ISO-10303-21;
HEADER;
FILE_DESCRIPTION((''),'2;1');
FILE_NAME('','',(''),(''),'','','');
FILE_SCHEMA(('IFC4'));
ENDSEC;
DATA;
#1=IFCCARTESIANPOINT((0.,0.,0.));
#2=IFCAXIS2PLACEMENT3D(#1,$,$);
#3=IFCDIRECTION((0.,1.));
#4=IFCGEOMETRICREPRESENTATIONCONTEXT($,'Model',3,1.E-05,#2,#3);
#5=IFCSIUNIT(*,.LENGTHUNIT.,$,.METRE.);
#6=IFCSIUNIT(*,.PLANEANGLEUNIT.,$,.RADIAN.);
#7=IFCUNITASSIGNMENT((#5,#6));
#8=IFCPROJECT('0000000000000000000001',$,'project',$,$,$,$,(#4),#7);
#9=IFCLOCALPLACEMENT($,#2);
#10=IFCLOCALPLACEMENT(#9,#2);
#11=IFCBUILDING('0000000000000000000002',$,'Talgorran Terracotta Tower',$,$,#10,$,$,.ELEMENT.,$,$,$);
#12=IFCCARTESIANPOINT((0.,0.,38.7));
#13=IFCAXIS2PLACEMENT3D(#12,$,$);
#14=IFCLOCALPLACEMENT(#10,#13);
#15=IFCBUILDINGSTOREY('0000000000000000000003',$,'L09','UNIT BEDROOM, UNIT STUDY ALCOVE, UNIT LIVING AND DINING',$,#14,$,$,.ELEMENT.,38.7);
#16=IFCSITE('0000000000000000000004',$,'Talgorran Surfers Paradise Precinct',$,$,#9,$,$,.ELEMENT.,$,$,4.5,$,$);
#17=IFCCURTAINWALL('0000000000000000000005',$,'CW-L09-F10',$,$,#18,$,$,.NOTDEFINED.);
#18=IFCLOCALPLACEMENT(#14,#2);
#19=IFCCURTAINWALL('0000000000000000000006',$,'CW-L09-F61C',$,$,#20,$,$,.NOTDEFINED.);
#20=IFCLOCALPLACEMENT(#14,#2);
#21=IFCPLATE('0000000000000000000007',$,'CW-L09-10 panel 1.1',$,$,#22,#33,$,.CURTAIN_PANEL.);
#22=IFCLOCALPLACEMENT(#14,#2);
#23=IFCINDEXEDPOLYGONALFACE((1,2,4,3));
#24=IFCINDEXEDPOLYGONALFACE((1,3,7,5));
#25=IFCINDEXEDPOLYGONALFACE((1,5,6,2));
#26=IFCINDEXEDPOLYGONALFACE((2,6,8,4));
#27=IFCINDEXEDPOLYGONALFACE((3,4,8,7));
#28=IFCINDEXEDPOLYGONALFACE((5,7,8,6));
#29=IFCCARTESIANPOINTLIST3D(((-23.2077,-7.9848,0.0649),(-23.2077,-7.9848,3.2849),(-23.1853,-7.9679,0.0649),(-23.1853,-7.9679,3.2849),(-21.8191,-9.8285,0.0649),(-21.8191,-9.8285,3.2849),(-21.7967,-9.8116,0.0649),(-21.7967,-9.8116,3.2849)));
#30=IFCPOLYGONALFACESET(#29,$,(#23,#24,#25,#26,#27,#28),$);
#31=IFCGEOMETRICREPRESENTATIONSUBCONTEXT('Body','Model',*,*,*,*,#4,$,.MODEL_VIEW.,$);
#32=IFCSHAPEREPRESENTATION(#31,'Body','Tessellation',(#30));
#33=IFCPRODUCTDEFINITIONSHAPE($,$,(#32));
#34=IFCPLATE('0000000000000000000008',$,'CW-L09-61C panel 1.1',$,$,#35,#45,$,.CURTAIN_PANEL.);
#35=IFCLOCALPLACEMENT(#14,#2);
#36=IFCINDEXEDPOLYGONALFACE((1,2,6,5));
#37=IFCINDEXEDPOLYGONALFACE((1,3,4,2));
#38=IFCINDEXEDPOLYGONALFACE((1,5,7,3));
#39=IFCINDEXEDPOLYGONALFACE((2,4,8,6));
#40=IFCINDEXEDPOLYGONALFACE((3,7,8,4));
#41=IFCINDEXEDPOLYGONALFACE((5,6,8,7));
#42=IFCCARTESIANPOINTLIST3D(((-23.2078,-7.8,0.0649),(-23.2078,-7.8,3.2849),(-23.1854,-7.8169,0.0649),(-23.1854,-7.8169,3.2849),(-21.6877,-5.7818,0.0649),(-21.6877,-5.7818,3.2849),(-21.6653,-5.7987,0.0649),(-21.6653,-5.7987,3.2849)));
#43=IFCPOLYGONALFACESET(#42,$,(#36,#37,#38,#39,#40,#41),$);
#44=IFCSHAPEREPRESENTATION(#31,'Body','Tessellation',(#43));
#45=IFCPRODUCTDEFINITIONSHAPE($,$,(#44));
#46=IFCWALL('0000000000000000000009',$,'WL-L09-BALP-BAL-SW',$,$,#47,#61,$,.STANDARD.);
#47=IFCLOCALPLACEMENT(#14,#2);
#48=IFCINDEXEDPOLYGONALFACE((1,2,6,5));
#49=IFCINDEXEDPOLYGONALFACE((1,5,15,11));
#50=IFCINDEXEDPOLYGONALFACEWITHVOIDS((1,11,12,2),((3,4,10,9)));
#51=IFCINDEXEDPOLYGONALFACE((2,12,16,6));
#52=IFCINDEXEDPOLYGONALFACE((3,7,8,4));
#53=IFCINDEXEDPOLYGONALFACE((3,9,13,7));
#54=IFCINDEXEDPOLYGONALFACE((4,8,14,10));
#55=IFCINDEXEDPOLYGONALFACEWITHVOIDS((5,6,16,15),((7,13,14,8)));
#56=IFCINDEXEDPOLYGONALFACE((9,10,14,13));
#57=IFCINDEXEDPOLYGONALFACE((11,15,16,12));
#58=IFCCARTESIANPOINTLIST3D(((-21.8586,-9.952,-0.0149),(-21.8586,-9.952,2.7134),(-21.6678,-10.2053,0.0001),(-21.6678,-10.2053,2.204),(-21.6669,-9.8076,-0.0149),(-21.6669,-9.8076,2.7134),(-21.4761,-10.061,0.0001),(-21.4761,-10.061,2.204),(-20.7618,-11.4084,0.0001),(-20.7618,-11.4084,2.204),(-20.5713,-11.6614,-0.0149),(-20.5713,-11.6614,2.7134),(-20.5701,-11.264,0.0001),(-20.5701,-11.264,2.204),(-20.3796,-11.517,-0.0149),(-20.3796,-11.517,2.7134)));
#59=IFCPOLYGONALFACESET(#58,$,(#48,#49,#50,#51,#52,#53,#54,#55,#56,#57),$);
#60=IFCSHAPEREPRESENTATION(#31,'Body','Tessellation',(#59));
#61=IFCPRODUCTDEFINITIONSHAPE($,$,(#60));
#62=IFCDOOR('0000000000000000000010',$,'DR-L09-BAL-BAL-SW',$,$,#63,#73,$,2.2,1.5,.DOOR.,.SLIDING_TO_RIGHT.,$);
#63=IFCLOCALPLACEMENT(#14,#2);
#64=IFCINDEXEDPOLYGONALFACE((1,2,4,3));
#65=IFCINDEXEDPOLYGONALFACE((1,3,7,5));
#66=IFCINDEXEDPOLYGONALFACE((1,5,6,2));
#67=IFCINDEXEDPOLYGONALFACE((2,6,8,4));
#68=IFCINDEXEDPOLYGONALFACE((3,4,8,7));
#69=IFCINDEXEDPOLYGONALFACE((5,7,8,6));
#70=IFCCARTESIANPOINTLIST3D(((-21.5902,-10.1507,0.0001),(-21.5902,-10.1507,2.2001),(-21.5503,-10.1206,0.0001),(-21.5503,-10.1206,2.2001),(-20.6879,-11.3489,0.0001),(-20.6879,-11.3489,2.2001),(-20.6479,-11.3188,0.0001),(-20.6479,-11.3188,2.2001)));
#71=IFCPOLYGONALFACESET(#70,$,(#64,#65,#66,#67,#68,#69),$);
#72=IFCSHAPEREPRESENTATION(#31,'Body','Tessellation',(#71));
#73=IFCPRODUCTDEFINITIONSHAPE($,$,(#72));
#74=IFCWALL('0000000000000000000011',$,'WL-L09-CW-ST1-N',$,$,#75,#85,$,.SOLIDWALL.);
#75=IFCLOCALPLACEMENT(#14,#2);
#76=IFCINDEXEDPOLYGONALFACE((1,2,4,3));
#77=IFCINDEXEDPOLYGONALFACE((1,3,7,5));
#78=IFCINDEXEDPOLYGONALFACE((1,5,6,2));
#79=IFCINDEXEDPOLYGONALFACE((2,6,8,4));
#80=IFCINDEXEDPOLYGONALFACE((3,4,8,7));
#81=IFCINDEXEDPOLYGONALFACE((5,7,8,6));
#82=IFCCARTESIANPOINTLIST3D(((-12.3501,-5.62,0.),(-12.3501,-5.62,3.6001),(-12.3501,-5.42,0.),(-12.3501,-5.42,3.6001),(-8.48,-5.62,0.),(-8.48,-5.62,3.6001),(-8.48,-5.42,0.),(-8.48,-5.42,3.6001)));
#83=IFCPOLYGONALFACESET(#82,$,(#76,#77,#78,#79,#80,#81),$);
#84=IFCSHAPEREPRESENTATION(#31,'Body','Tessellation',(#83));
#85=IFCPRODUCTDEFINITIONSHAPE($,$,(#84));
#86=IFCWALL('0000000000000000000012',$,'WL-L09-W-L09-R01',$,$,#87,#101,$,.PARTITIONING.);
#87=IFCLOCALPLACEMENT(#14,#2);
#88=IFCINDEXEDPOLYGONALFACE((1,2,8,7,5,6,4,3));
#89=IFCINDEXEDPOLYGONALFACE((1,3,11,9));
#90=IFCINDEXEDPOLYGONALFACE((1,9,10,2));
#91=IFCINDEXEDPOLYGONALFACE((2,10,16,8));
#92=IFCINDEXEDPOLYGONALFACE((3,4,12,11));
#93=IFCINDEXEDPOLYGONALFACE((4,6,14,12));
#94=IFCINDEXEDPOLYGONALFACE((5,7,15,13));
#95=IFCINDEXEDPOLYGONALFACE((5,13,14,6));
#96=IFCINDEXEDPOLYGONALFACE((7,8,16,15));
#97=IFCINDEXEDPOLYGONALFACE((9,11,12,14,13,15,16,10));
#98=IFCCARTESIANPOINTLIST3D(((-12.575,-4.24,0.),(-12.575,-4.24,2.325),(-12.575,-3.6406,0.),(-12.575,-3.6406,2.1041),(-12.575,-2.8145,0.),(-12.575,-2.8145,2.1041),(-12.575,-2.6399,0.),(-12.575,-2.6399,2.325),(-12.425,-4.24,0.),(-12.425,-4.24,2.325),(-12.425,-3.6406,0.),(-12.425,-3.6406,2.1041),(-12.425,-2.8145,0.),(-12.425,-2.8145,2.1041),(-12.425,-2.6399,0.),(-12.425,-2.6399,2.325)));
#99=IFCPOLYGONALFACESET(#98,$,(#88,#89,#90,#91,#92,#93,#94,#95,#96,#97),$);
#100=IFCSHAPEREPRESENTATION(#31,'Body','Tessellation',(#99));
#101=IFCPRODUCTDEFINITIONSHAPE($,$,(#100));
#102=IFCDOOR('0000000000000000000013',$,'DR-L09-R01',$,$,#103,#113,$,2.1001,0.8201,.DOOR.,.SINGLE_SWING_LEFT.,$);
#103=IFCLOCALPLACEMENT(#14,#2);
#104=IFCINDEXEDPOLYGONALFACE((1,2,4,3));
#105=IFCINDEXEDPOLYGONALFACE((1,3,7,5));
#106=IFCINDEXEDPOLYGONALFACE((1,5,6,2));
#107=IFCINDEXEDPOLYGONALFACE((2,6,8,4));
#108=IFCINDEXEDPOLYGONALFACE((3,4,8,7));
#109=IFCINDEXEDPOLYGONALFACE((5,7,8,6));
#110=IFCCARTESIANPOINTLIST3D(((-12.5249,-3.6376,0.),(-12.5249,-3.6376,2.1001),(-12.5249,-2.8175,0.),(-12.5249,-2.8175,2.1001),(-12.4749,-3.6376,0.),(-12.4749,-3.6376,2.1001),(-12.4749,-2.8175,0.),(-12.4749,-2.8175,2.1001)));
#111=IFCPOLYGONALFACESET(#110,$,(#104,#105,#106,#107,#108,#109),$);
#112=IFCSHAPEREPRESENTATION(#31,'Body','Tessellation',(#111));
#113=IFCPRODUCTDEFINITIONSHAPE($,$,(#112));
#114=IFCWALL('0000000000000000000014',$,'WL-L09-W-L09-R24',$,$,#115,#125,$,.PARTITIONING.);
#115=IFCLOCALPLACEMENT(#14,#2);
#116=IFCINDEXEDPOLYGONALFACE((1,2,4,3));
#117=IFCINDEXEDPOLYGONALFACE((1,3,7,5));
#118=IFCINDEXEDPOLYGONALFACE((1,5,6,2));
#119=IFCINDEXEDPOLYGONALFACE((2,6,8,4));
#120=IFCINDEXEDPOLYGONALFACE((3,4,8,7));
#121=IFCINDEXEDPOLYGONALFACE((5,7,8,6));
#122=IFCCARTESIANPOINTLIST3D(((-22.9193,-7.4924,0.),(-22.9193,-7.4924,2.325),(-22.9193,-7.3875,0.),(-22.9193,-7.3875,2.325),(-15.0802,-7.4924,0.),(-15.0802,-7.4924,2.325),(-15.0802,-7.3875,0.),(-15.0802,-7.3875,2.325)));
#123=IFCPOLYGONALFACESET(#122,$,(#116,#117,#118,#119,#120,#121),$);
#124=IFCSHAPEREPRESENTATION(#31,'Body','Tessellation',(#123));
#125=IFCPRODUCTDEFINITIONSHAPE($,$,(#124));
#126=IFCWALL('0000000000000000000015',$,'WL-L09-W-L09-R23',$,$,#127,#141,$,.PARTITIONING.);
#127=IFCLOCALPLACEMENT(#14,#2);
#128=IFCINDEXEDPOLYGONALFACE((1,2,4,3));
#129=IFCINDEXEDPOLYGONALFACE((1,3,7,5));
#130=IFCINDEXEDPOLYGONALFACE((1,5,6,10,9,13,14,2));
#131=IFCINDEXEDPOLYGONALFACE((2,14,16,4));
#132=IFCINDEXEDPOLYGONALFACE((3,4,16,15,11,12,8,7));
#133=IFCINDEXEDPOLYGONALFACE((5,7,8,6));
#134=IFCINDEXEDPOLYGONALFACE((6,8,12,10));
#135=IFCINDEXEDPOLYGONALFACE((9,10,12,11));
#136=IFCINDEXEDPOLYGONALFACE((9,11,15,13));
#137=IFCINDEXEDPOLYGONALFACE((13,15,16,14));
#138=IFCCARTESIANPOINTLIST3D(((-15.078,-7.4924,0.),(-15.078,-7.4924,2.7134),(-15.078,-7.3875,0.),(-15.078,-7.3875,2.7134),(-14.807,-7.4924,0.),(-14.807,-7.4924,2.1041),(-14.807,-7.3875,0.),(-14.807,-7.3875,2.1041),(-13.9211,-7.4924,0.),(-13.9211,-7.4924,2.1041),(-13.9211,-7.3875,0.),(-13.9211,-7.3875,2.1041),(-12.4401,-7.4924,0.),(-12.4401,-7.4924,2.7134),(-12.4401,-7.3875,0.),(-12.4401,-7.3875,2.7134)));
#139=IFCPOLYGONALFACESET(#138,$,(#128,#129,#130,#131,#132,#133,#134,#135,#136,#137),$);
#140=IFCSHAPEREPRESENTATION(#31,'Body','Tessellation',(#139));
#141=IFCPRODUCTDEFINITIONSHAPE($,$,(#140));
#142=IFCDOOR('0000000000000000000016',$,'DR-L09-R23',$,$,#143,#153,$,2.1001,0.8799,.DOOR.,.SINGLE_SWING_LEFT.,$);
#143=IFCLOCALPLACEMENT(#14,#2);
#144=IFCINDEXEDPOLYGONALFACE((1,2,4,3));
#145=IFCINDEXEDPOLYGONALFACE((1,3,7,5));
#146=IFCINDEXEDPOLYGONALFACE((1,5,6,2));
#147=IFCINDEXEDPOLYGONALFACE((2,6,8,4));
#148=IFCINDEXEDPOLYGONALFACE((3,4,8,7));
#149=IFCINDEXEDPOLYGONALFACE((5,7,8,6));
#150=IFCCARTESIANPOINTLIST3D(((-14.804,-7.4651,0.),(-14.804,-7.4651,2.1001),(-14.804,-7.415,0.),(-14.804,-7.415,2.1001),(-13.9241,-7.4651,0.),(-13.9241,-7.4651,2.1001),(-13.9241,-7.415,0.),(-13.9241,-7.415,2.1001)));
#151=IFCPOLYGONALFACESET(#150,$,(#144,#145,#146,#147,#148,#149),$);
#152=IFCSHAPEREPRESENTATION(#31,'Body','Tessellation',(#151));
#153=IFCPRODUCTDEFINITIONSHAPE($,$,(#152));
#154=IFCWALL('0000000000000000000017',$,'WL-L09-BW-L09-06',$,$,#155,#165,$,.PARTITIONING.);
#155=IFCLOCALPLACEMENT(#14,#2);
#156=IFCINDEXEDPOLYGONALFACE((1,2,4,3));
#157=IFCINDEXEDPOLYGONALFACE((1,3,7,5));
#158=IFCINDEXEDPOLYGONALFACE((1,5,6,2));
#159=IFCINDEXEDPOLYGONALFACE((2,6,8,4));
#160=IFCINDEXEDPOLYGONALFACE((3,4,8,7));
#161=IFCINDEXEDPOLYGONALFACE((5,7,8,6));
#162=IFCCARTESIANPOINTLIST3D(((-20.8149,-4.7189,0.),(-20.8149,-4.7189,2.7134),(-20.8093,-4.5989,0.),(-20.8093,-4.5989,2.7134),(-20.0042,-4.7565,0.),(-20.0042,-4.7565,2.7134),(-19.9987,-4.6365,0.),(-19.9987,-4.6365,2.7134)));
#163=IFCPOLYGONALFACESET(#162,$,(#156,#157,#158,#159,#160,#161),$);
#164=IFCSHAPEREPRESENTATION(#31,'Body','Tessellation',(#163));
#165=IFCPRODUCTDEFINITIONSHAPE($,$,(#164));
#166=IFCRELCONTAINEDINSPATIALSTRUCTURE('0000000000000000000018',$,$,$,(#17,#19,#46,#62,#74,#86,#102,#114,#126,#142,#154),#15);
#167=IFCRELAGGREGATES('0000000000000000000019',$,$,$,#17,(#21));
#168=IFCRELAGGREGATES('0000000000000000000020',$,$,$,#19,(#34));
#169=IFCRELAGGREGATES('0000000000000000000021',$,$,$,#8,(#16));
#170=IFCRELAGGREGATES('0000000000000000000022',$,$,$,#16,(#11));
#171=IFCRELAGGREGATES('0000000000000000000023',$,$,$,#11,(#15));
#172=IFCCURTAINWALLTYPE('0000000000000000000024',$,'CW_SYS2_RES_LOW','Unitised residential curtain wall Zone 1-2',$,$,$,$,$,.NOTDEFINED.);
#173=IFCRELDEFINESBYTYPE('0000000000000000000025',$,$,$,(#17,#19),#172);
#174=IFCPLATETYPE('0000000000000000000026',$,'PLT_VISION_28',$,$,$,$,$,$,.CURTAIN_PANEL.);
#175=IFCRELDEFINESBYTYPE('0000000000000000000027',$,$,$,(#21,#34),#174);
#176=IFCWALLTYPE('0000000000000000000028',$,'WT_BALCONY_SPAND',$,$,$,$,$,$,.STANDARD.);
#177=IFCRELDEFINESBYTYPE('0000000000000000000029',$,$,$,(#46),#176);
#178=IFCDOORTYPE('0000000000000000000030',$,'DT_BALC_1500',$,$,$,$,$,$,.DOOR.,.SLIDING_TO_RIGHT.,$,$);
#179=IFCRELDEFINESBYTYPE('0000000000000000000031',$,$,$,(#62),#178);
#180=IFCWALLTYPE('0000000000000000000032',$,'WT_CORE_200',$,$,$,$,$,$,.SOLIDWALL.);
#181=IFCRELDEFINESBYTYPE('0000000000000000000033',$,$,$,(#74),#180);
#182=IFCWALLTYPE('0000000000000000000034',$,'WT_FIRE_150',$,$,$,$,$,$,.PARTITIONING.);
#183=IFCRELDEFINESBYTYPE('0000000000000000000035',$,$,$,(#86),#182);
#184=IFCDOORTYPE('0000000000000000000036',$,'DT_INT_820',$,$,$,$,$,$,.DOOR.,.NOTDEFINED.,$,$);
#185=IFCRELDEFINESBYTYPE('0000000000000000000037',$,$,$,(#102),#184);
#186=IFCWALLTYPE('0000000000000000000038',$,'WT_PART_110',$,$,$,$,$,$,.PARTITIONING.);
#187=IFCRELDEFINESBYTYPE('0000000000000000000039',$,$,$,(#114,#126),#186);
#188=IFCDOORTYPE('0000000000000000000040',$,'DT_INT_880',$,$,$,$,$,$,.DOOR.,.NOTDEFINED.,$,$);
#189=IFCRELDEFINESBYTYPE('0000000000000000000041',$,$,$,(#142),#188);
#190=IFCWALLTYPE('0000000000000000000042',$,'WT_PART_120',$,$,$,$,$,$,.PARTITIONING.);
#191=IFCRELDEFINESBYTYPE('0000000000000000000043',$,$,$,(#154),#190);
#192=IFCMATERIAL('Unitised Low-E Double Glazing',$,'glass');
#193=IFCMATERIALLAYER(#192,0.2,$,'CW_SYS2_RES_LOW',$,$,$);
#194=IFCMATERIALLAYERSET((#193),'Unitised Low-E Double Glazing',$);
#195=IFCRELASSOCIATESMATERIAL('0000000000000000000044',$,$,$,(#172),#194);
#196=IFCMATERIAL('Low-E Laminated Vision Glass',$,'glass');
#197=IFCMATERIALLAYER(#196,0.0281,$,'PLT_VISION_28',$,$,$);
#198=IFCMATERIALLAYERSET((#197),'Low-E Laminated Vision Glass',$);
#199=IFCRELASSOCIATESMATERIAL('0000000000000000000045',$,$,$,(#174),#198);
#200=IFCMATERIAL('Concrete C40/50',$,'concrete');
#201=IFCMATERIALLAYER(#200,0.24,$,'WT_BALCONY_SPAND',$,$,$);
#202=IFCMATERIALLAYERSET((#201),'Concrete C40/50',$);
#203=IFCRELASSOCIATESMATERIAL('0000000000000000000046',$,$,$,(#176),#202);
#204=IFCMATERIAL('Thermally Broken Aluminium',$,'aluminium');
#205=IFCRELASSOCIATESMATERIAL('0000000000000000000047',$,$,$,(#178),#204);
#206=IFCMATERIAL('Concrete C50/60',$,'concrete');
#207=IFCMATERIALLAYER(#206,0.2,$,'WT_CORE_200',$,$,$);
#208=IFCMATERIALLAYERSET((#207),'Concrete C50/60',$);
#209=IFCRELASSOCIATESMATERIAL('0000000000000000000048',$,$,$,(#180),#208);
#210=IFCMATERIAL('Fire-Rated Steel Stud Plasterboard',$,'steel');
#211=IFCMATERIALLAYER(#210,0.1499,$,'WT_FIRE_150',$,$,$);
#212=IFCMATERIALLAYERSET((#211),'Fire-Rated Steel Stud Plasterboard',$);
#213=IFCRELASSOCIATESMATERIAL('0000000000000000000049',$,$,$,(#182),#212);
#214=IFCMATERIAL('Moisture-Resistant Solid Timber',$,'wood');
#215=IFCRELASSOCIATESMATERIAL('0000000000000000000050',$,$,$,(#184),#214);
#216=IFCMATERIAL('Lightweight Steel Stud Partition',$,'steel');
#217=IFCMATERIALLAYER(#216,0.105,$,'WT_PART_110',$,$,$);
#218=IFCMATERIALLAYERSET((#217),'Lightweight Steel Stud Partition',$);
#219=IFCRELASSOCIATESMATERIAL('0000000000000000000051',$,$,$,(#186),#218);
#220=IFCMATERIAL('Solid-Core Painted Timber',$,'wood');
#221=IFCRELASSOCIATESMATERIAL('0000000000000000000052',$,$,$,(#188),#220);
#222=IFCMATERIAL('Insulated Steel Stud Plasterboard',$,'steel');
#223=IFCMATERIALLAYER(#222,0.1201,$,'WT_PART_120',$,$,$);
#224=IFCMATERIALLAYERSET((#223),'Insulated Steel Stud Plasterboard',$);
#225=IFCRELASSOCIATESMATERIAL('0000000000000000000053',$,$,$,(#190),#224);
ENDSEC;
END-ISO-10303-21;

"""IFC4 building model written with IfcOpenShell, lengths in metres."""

from ifc_helpers import new_model, si_unit, direction, frame, frame_2d, origin, origin_2d, place, context, subcontext, project, spatial, rectangle, extrude, source, transform, mapped, material, layer, layer_set, type_object, type_shapes, element, fill, aggregate, save


model = new_model("IFC4")

# Units and contexts
model_context = context("Model", 3, precision=1e-05, world=origin(), true_north=direction((0.0, 1.0)))
body_context = subcontext(model_context, "Body", "Model", "MODEL_VIEW")
ifc_project = project(units=[si_unit("LENGTHUNIT", "METRE"), si_unit("PLANEANGLEUNIT", "RADIAN")], contexts=[model_context])

# Site, building, storey
site_placement = place(None, origin())
site = spatial("IfcSite", under=ifc_project, at=site_placement, Name="Talgorran Surfers Paradise Precinct", CompositionType="ELEMENT", RefElevation=4.5)
building_placement = place(site_placement, origin())
building = spatial("IfcBuilding", under=site, at=building_placement, Name="Talgorran Terracotta Tower", CompositionType="ELEMENT")
storey_placement = place(building_placement, frame((0.0, 0.0, 38.7)))
storey = spatial("IfcBuildingStorey", under=building, at=storey_placement, Name="L09", Description="UNIT BEDROOM, UNIT STUDY ALCOVE, UNIT LIVING AND DINING", CompositionType="ELEMENT", Elevation=38.7)

# Curtain wall
ifc_material_1 = material(Name="Unitised Low-E Double Glazing", Category="glass")
ifc_layer_1 = layer(ifc_material_1, 0.2, Name="CW_SYS2_RES_LOW")
ifc_layer_set_1 = layer_set([ifc_layer_1], Name="Unitised Low-E Double Glazing")
curtain_wall_type = type_object("IfcCurtainWallType", Name="CW_SYS2_RES_LOW", Description="Unitised residential curtain wall Zone 1-2", PredefinedType="NOTDEFINED", material=ifc_layer_set_1)
curtain_wall_1_placement = place(storey_placement, origin())
curtain_wall_1 = element("IfcCurtainWall", 1, at=curtain_wall_1_placement, inside=storey, type_object=curtain_wall_type, Name="CW-L09-F10", PredefinedType="NOTDEFINED")

# Curtain wall
curtain_wall_2_placement = place(storey_placement, origin())
curtain_wall_2 = element("IfcCurtainWall", 2, at=curtain_wall_2_placement, inside=storey, type_object=curtain_wall_type, Name="CW-L09-F61C", PredefinedType="NOTDEFINED")

# Plates
ifc_material_2 = material(Name="Low-E Laminated Vision Glass", Category="glass")
ifc_layer_2 = layer(ifc_material_2, 0.0281, Name="PLT_VISION_28")
ifc_layer_set_2 = layer_set([ifc_layer_2], Name="Low-E Laminated Vision Glass")
plate_type = type_object("IfcPlateType", Name="PLT_VISION_28", PredefinedType="CURTAIN_PANEL", material=ifc_layer_set_2)
shared_shape_1 = source(origin(), body_context, "Body", "SweptSolid", [
    extrude(rectangle(XDim=2.3081, YDim=0.0281, at=origin_2d()), origin(), (0.0, 0.0, 1.0), 3.22),
])
plate_1_placement = place(storey_placement, frame((-22.5022, -8.8982, 0.0649), z_axis=(0.0, 0.0, 1.0), x_axis=(0.601646, -0.798763, 0.0)))
plate_1 = element("IfcPlate", 3, at=plate_1_placement, type_object=plate_type, Name="CW-L09-10 panel 1.1", PredefinedType="CURTAIN_PANEL", context=body_context, shape_type="MappedRepresentation", body=[
    mapped(shared_shape_1, transform((0.0, 0.0, 0.0), scale=1.0)),
])
aggregate(curtain_wall_1, [plate_1])
shared_shape_2 = source(origin(), body_context, "Body", "SweptSolid", [
    extrude(rectangle(XDim=2.5266, YDim=0.0281, at=origin_2d()), origin(), (0.0, 0.0, 1.0), 3.22),
])
type_shapes(plate_type, [shared_shape_1, shared_shape_2])
plate_2_placement = place(storey_placement, frame((-22.4365, -6.7993, 0.0649), z_axis=(0.0, 0.0, 1.0), x_axis=(-0.601637, -0.79877, 0.0)))
plate_2 = element("IfcPlate", 4, at=plate_2_placement, type_object=plate_type, Name="CW-L09-61C panel 1.1", PredefinedType="CURTAIN_PANEL", context=body_context, shape_type="MappedRepresentation", body=[
    mapped(shared_shape_2, transform((0.0, 0.0, 0.0), scale=1.0)),
])
aggregate(curtain_wall_2, [plate_2])

# Wall, opening, door
ifc_material_3 = material(Name="Concrete C40/50", Category="concrete")
ifc_layer_3 = layer(ifc_material_3, 0.24, Name="WT_BALCONY_SPAND")
ifc_layer_set_3 = layer_set([ifc_layer_3], Name="Concrete C40/50")
wall_type_1 = type_object("IfcWallType", Name="WT_BALCONY_SPAND", PredefinedType="STANDARD", material=ifc_layer_set_3)
wall_1_placement = place(storey_placement, frame((-21.7627, -9.8799, -0.0149), z_axis=(0.0, 0.0, 1.0), x_axis=(0.601569, -0.798821, 0.0)))
wall_1 = element("IfcWall", 5, at=wall_1_placement, inside=storey, type_object=wall_type_1, Name="WL-L09-BALP-BAL-SW", PredefinedType="STANDARD", context=body_context, shape_type="SweptSolid", body=[
    extrude(rectangle(XDim=2.1399, YDim=0.24, at=frame_2d((1.0698, 0.0))), origin(), (0.0, 0.0, 1.0), 2.7283),
])
opening_1_placement = place(wall_1_placement, frame((0.3201, 0.0, 0.0149)))
opening_1 = element("IfcOpeningElement", 6, at=opening_1_placement, cuts=wall_1, PredefinedType="OPENING", context=body_context, shape_type="SweptSolid", body=[
    extrude(rectangle(XDim=1.506, YDim=2.204, at=frame_2d((0.75, 1.1021))), frame((0.0, 0.1299, 0.0), z_axis=(0.0, -1.0, 0.0), x_axis=(1.0, 0.0, 0.0)), (0.0, 0.0, 1.0), 0.26),
])
ifc_material_4 = material(Name="Thermally Broken Aluminium", Category="aluminium")
door_type_1 = type_object("IfcDoorType", Name="DT_BALC_1500", OperationType="SLIDING_TO_RIGHT", PredefinedType="DOOR", material=ifc_material_4)
door_1_placement = place(opening_1_placement, origin())
door_1 = element("IfcDoor", 7, at=door_1_placement, inside=storey, type_object=door_type_1, Name="DR-L09-BAL-BAL-SW", OperationType="SLIDING_TO_RIGHT", OverallHeight=2.2, OverallWidth=1.5, PredefinedType="DOOR", context=body_context, shape_type="SweptSolid", body=[
    extrude(rectangle(XDim=1.5, YDim=2.2, at=frame_2d((0.75, 1.1001))), frame((0.0, 0.0249, 0.0), z_axis=(0.0, -1.0, 0.0), x_axis=(1.0, 0.0, 0.0)), (0.0, 0.0, 1.0), 0.05),
])
fill(opening_1, door_1)

# Wall
ifc_material_5 = material(Name="Concrete C50/60", Category="concrete")
ifc_layer_4 = layer(ifc_material_5, 0.2, Name="WT_CORE_200")
ifc_layer_set_4 = layer_set([ifc_layer_4], Name="Concrete C50/60")
wall_type_2 = type_object("IfcWallType", Name="WT_CORE_200", PredefinedType="SOLIDWALL", material=ifc_layer_set_4)
wall_2_placement = place(storey_placement, frame((-12.3501, -5.52, 0.0), z_axis=(0.0, 0.0, 1.0), x_axis=(1.0, 0.0, 0.0)))
element("IfcWall", 8, at=wall_2_placement, inside=storey, type_object=wall_type_2, Name="WL-L09-CW-ST1-N", PredefinedType="SOLIDWALL", context=body_context, shape_type="SweptSolid", body=[
    extrude(rectangle(XDim=3.8701, YDim=0.2, at=frame_2d((1.9351, 0.0))), origin(), (0.0, 0.0, 1.0), 3.6001),
])

# Wall, opening, door
ifc_material_6 = material(Name="Fire-Rated Steel Stud Plasterboard", Category="steel")
ifc_layer_5 = layer(ifc_material_6, 0.1499, Name="WT_FIRE_150")
ifc_layer_set_5 = layer_set([ifc_layer_5], Name="Fire-Rated Steel Stud Plasterboard")
wall_type_3 = type_object("IfcWallType", Name="WT_FIRE_150", PredefinedType="PARTITIONING", material=ifc_layer_set_5)
wall_3_placement = place(storey_placement, frame((-12.5, -4.24, 0.0), z_axis=(0.0, 0.0, 1.0), x_axis=(0.0, 1.0, 0.0)))
wall_3 = element("IfcWall", 9, at=wall_3_placement, inside=storey, type_object=wall_type_3, Name="WL-L09-W-L09-R01", PredefinedType="PARTITIONING", context=body_context, shape_type="SweptSolid", body=[
    extrude(rectangle(XDim=1.6001, YDim=0.1499, at=frame_2d((0.8, 0.0))), origin(), (0.0, 0.0, 1.0), 2.325),
])
opening_2_placement = place(wall_3_placement, frame((0.6023, 0.0, 0.0)))
opening_2 = element("IfcOpeningElement", 10, at=opening_2_placement, cuts=wall_3, PredefinedType="OPENING", context=body_context, shape_type="SweptSolid", body=[
    extrude(rectangle(XDim=0.8261, YDim=2.1041, at=frame_2d((0.4102, 1.052))), frame((0.0, 0.085, 0.0), z_axis=(0.0, -1.0, 0.0), x_axis=(1.0, 0.0, 0.0)), (0.0, 0.0, 1.0), 0.1699),
])
ifc_material_7 = material(Name="Moisture-Resistant Solid Timber", Category="wood")
door_type_2 = type_object("IfcDoorType", Name="DT_INT_820", OperationType="NOTDEFINED", PredefinedType="DOOR", material=ifc_material_7)
door_2_placement = place(opening_2_placement, origin())
door_2 = element("IfcDoor", 11, at=door_2_placement, inside=storey, type_object=door_type_2, Name="DR-L09-R01", OperationType="SINGLE_SWING_LEFT", OverallHeight=2.1001, OverallWidth=0.8201, PredefinedType="DOOR", context=body_context, shape_type="SweptSolid", body=[
    extrude(rectangle(XDim=0.8201, YDim=2.1001, at=frame_2d((0.4102, 1.05))), frame((0.0, 0.0249, 0.0), z_axis=(0.0, -1.0, 0.0), x_axis=(1.0, 0.0, 0.0)), (0.0, 0.0, 1.0), 0.05),
])
fill(opening_2, door_2)

# Wall
ifc_material_8 = material(Name="Lightweight Steel Stud Partition", Category="steel")
ifc_layer_6 = layer(ifc_material_8, 0.105, Name="WT_PART_110")
ifc_layer_set_6 = layer_set([ifc_layer_6], Name="Lightweight Steel Stud Partition")
wall_type_4 = type_object("IfcWallType", Name="WT_PART_110", PredefinedType="PARTITIONING", material=ifc_layer_set_6)
wall_4_placement = place(storey_placement, frame((-22.9192, -7.4399, 0.0), z_axis=(0.0, 0.0, 1.0), x_axis=(1.0, 0.0, 0.0)))
element("IfcWall", 12, at=wall_4_placement, inside=storey, type_object=wall_type_4, Name="WL-L09-W-L09-R24", PredefinedType="PARTITIONING", context=body_context, shape_type="SweptSolid", body=[
    extrude(rectangle(XDim=7.8391, YDim=0.105, at=frame_2d((3.9194, 0.0))), origin(), (0.0, 0.0, 1.0), 2.325),
])

# Wall, opening, door
wall_5_placement = place(storey_placement, frame((-15.0779, -7.4399, 0.0), z_axis=(0.0, 0.0, 1.0), x_axis=(1.0, 0.0, 0.0)))
wall_5 = element("IfcWall", 13, at=wall_5_placement, inside=storey, type_object=wall_type_4, Name="WL-L09-W-L09-R23", PredefinedType="PARTITIONING", context=body_context, shape_type="SweptSolid", body=[
    extrude(rectangle(XDim=2.6379, YDim=0.105, at=frame_2d((1.3188, 0.0))), origin(), (0.0, 0.0, 1.0), 2.7134),
])
opening_3_placement = place(wall_5_placement, frame((0.2739, 0.0, 0.0)))
opening_3 = element("IfcOpeningElement", 14, at=opening_3_placement, cuts=wall_5, PredefinedType="OPENING", context=body_context, shape_type="SweptSolid", body=[
    extrude(rectangle(XDim=0.8859, YDim=2.1041, at=frame_2d((0.4399, 1.052))), frame((0.0, 0.0625, 0.0), z_axis=(0.0, -1.0, 0.0), x_axis=(1.0, 0.0, 0.0)), (0.0, 0.0, 1.0), 0.125),
])
ifc_material_9 = material(Name="Solid-Core Painted Timber", Category="wood")
door_type_3 = type_object("IfcDoorType", Name="DT_INT_880", OperationType="NOTDEFINED", PredefinedType="DOOR", material=ifc_material_9)
door_3_placement = place(opening_3_placement, origin())
door_3 = element("IfcDoor", 15, at=door_3_placement, inside=storey, type_object=door_type_3, Name="DR-L09-R23", OperationType="SINGLE_SWING_LEFT", OverallHeight=2.1001, OverallWidth=0.8799, PredefinedType="DOOR", context=body_context, shape_type="SweptSolid", body=[
    extrude(rectangle(XDim=0.8799, YDim=2.1001, at=frame_2d((0.4399, 1.05))), frame((0.0, 0.0249, 0.0), z_axis=(0.0, -1.0, 0.0), x_axis=(1.0, 0.0, 0.0)), (0.0, 0.0, 1.0), 0.05),
])
fill(opening_3, door_3)

# Wall
ifc_material_10 = material(Name="Insulated Steel Stud Plasterboard", Category="steel")
ifc_layer_7 = layer(ifc_material_10, 0.1201, Name="WT_PART_120")
ifc_layer_set_7 = layer_set([ifc_layer_7], Name="Insulated Steel Stud Plasterboard")
wall_type_5 = type_object("IfcWallType", Name="WT_PART_120", PredefinedType="PARTITIONING", material=ifc_layer_set_7)
wall_6_placement = place(storey_placement, frame((-20.0015, -4.6965, 0.0), z_axis=(0.0, 0.0, 1.0), x_axis=(-0.998926, 0.046336, 0.0)))
element("IfcWall", 16, at=wall_6_placement, inside=storey, type_object=wall_type_5, Name="WL-L09-BW-L09-06", PredefinedType="PARTITIONING", context=body_context, shape_type="SweptSolid", body=[
    extrude(rectangle(XDim=0.8115, YDim=0.1201, at=frame_2d((0.4058, 0.0))), origin(), (0.0, 0.0, 1.0), 2.7134),
])

save(model, "model.ifc")
